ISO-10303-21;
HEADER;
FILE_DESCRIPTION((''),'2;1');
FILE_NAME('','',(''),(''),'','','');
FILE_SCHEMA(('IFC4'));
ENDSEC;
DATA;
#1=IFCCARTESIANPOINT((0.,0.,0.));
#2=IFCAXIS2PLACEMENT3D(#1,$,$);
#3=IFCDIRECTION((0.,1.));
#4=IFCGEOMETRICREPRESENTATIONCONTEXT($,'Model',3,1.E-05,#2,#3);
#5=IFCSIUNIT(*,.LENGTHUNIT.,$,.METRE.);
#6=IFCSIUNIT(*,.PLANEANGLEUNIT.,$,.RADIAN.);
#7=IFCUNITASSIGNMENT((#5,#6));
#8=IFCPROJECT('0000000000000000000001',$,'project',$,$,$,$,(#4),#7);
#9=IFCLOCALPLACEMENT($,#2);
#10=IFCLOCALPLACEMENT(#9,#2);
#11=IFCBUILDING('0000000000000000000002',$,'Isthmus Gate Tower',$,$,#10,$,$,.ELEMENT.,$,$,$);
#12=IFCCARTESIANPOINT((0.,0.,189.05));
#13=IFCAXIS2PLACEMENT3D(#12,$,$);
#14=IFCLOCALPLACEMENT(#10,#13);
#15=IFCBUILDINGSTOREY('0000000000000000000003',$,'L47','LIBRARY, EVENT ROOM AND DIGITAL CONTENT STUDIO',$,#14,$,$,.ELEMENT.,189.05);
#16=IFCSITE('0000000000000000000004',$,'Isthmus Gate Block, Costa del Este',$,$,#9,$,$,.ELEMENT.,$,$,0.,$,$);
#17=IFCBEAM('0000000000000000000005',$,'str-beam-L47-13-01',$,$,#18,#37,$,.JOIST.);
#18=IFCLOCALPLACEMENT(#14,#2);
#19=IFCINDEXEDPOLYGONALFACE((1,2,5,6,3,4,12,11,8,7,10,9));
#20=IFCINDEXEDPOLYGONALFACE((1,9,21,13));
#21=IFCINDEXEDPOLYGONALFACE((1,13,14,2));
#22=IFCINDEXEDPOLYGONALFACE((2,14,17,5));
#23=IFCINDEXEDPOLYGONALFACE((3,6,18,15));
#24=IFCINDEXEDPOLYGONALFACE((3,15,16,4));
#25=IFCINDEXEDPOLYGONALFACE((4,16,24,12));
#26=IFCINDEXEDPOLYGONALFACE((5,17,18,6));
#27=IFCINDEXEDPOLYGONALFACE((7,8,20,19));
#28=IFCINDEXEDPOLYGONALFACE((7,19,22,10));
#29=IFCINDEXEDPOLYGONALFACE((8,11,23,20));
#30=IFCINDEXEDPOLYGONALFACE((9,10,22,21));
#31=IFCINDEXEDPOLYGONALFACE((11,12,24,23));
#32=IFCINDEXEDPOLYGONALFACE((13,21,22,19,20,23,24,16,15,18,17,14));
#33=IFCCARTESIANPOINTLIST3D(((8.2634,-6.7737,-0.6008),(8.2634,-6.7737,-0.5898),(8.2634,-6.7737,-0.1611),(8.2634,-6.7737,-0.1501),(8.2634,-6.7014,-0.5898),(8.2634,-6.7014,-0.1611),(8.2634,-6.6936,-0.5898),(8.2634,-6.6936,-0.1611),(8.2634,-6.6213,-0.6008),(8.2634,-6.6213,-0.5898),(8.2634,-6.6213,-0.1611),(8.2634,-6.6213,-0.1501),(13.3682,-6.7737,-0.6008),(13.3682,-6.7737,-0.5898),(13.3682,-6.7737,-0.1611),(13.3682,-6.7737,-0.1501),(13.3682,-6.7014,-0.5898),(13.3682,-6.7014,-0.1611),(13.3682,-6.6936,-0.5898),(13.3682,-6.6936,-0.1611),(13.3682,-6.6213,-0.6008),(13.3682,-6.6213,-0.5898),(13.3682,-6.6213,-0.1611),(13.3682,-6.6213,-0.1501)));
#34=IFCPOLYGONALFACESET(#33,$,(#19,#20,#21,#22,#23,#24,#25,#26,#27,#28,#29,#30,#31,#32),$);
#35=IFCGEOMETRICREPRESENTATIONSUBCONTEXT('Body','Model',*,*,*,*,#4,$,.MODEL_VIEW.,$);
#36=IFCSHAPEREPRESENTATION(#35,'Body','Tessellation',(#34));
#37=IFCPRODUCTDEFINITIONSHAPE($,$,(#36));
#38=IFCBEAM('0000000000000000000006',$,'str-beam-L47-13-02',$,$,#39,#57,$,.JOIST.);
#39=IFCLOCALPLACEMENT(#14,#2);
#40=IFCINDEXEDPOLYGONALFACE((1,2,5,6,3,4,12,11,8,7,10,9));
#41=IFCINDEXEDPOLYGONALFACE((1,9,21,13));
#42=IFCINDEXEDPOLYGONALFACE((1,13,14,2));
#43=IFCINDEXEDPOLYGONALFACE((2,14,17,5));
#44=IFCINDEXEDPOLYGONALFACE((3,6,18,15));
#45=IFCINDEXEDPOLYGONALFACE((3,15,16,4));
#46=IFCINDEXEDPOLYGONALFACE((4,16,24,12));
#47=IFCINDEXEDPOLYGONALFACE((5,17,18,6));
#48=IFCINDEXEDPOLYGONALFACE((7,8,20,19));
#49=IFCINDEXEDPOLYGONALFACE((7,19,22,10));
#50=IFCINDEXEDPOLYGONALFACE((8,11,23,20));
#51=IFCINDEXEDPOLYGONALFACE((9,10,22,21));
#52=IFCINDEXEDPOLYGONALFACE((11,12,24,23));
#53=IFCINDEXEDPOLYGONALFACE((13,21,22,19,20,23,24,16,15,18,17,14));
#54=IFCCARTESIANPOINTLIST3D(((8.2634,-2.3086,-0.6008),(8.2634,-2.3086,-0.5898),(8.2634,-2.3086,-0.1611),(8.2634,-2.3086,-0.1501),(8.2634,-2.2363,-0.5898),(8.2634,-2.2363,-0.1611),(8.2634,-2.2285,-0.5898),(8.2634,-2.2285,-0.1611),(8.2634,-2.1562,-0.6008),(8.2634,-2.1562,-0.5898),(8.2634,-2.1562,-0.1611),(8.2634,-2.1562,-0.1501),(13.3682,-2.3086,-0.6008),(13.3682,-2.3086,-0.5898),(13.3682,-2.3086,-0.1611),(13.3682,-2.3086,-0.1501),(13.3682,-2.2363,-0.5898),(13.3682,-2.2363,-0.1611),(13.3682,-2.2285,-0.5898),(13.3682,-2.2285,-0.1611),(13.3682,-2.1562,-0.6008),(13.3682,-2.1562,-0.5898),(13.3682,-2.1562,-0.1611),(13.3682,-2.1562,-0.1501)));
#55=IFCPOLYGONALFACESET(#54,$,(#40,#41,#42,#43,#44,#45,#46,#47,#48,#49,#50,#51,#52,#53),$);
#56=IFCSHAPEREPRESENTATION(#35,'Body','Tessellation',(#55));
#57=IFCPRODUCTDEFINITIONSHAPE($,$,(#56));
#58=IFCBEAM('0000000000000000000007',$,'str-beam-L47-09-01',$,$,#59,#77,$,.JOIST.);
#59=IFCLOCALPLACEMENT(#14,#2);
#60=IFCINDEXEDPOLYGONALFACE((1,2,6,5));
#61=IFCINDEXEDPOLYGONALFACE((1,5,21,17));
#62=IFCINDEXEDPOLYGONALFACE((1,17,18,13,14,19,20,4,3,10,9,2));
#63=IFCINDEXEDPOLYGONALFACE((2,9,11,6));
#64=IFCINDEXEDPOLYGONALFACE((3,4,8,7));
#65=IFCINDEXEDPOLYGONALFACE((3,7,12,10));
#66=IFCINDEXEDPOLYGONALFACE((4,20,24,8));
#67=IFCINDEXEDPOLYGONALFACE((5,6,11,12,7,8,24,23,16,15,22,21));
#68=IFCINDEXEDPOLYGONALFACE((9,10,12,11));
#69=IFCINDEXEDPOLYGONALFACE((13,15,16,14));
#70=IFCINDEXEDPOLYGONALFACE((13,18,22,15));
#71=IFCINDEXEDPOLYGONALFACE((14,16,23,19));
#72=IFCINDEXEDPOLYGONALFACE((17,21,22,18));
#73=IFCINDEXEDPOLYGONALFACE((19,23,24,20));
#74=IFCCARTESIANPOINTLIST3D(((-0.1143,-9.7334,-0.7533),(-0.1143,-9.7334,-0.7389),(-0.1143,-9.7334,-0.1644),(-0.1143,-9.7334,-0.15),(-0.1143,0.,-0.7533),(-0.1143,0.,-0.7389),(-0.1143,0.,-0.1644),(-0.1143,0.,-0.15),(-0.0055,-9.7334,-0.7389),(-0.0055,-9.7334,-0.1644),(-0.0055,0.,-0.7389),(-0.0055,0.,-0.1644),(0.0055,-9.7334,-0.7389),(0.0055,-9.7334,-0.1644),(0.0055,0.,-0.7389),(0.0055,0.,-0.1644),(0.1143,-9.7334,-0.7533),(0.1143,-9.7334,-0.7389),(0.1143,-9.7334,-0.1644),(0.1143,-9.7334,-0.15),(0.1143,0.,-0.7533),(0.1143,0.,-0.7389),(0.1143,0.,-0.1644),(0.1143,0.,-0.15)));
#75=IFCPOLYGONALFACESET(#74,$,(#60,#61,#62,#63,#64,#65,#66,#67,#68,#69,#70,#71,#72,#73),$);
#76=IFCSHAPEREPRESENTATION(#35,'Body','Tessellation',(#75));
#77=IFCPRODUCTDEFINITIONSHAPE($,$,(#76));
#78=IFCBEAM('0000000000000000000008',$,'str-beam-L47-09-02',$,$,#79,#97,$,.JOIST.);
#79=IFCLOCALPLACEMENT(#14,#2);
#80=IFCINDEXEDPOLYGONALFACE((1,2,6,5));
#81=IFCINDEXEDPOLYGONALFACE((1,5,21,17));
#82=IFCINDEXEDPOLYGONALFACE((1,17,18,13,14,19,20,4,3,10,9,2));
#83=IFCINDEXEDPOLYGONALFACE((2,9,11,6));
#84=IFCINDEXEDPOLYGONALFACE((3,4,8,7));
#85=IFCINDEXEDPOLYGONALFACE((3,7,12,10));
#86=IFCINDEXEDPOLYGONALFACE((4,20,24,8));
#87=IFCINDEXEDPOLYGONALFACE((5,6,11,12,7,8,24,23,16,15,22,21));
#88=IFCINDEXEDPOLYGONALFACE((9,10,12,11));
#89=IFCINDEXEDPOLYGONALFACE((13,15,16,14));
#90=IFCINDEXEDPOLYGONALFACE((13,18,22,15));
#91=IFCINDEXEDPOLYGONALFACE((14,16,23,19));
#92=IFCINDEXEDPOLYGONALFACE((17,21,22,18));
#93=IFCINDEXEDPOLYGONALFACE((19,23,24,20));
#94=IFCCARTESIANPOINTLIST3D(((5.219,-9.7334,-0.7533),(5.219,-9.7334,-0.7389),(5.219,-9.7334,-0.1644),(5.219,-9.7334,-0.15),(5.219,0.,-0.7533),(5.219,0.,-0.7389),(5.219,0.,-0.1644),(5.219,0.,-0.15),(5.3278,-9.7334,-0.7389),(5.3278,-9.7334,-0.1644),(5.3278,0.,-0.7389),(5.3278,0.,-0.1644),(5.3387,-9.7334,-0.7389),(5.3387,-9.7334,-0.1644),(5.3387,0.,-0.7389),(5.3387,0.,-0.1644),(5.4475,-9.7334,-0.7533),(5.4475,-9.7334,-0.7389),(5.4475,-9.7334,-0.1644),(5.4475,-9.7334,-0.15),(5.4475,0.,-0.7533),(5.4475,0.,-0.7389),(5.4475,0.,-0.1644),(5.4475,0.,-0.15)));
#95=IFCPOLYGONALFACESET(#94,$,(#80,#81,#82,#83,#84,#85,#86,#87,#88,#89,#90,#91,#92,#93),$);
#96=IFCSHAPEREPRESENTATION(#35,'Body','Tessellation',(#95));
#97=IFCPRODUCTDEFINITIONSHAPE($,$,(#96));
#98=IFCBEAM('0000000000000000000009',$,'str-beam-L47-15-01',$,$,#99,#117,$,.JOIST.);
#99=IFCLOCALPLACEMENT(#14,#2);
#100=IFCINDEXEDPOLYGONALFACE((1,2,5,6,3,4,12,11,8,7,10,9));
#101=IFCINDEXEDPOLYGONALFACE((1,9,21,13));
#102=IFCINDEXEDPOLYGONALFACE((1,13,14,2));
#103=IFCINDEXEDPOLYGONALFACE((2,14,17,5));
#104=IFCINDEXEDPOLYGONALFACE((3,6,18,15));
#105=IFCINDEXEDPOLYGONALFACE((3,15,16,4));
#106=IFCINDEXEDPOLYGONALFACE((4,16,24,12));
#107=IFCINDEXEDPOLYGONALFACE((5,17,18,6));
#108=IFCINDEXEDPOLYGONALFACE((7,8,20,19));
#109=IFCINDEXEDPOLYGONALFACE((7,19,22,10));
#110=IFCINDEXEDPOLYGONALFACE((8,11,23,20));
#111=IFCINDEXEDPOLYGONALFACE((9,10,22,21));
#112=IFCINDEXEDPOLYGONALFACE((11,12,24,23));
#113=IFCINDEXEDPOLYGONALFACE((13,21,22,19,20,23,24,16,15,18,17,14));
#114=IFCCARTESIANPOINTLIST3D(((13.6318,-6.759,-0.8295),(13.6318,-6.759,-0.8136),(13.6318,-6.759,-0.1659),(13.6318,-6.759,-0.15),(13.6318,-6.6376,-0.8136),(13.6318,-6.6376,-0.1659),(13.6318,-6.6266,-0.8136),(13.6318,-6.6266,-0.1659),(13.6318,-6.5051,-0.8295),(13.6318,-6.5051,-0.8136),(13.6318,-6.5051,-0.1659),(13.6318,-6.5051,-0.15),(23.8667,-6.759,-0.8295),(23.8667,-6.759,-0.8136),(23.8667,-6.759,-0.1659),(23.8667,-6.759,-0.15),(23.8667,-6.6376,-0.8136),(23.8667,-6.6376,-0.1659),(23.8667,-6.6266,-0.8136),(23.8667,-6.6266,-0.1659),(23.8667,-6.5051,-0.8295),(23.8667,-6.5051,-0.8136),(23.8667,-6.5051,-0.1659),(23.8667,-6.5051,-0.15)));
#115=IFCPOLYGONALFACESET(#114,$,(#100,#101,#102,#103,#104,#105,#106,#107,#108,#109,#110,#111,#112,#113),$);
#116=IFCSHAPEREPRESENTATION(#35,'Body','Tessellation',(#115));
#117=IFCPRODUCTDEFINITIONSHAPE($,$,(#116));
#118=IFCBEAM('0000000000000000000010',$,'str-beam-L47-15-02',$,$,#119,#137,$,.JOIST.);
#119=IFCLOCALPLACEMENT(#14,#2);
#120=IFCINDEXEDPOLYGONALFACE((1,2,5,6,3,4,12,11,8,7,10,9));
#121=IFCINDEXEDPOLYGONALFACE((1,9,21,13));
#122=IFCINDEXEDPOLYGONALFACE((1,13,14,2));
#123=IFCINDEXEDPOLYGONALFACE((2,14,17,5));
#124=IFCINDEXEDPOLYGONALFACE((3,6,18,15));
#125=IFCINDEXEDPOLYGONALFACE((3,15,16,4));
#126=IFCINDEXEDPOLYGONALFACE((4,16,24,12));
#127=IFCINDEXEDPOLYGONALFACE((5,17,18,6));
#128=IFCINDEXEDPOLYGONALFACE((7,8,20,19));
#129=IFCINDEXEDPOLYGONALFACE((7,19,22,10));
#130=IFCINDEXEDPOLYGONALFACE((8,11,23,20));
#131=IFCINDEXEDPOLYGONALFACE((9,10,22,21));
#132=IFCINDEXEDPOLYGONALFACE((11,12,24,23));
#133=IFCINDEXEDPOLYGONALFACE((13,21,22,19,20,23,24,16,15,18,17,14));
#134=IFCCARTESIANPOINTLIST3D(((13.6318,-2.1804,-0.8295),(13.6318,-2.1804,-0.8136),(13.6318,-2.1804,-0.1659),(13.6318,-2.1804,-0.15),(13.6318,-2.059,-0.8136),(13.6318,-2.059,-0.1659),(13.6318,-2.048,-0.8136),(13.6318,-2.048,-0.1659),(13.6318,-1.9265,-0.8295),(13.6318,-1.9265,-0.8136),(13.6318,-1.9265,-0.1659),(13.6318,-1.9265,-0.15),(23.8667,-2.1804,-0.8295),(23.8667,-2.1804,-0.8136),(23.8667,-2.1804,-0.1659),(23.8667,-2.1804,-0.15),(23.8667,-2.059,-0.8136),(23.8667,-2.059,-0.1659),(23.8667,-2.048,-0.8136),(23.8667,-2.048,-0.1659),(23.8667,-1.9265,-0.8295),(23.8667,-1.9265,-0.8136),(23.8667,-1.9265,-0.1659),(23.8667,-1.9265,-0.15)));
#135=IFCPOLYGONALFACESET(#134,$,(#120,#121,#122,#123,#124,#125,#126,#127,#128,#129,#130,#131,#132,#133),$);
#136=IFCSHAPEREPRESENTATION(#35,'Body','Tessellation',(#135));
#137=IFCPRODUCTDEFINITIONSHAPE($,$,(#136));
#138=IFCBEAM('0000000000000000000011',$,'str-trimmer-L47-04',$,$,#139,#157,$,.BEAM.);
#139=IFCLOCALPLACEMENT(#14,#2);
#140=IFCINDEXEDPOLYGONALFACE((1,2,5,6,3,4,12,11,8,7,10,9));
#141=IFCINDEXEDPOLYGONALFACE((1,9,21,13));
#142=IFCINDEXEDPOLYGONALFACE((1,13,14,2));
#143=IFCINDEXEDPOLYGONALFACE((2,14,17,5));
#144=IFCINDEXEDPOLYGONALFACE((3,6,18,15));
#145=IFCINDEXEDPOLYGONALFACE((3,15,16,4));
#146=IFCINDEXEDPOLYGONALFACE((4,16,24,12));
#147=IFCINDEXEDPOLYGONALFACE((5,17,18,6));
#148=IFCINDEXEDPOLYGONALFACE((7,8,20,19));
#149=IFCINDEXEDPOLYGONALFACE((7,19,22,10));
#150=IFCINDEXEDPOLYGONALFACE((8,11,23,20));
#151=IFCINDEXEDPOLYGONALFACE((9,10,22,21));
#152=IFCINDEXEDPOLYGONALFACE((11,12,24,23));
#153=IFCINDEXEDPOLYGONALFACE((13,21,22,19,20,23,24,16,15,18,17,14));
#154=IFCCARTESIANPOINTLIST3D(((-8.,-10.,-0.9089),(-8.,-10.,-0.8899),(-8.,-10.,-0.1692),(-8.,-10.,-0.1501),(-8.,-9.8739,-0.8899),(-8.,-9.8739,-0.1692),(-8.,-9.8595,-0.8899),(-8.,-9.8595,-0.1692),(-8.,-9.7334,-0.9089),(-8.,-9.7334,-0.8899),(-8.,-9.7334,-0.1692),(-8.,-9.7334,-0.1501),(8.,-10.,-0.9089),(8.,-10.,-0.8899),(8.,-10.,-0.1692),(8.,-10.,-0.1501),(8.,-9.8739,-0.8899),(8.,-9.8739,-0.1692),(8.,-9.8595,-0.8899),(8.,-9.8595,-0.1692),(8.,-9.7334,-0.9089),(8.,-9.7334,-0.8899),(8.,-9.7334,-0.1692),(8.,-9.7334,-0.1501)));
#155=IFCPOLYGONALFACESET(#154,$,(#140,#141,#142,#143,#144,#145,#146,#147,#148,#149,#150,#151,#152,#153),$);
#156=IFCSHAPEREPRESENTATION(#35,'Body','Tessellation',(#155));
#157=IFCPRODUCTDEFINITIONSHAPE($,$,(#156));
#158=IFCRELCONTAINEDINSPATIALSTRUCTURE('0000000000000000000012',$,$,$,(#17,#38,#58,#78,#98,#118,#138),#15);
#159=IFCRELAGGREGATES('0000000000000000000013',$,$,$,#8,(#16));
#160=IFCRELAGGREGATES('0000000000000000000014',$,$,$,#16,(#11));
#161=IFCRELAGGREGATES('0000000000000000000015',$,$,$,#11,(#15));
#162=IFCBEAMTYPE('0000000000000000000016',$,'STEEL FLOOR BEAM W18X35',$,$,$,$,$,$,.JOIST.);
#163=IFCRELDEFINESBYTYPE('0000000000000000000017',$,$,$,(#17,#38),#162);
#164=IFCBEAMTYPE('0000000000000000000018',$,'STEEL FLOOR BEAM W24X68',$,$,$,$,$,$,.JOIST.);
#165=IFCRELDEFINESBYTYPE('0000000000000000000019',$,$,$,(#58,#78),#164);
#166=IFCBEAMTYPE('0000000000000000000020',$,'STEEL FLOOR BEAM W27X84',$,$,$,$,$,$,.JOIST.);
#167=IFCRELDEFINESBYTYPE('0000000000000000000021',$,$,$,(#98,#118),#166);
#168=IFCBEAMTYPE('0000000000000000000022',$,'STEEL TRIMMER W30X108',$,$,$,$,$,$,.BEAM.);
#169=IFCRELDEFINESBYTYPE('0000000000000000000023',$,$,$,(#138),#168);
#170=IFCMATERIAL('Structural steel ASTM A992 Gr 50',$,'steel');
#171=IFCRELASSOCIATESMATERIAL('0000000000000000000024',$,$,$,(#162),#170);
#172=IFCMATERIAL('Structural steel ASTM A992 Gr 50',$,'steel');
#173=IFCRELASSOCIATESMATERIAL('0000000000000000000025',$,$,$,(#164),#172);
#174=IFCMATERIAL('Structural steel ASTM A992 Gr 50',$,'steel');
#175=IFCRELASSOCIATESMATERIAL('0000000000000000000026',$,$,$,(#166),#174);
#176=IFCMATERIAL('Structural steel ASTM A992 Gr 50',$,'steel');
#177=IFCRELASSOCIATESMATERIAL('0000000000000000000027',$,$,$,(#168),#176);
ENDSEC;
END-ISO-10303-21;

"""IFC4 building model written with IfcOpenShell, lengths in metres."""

from ifc_helpers import new_model, si_unit, direction, frame, origin, origin_2d, place, context, subcontext, project, spatial, i_section, extrude, material, material_profile, profile_set, type_object, element, save


model = new_model("IFC4")

# Units and contexts
model_context = context("Model", 3, precision=1e-05, world=origin(), true_north=direction((0.0, 1.0)))
body_context = subcontext(model_context, "Body", "Model", "MODEL_VIEW")
ifc_project = project(units=[si_unit("LENGTHUNIT", "METRE"), si_unit("PLANEANGLEUNIT", "RADIAN")], contexts=[model_context])

# Site, building, storey
site_placement = place(None, origin())
site = spatial("IfcSite", under=ifc_project, at=site_placement, Name="Isthmus Gate Block, Costa del Este", CompositionType="ELEMENT", RefElevation=0.0)
building_placement = place(site_placement, origin())
building = spatial("IfcBuilding", under=site, at=building_placement, Name="Isthmus Gate Tower", CompositionType="ELEMENT")
storey_placement = place(building_placement, frame((0.0, 0.0, 189.05)))
storey = spatial("IfcBuildingStorey", under=building, at=storey_placement, Name="L47", Description="LIBRARY, EVENT ROOM AND DIGITAL CONTENT STUDIO", CompositionType="ELEMENT", Elevation=189.05)

# Beams
ifc_material_1 = material(Name="Structural steel ASTM A992 Gr 50", Category="steel")
ifc_material_profile_1 = material_profile(ifc_material_1, i_section(OverallWidth=0.1523, OverallDepth=0.4507, WebThickness=0.0078, FlangeThickness=0.011, at=origin_2d()), Name="W18X35")
ifc_profile_set_1 = profile_set([ifc_material_profile_1], Name="Structural steel ASTM A992 Gr 50")
beam_type_1 = type_object("IfcBeamType", Name="STEEL FLOOR BEAM W18X35", PredefinedType="JOIST", material=ifc_profile_set_1)
for number, where, z_axis, x_axis, name in (
    (1, (8.2634, -6.6975, -0.3755), (1.0, 0.0, 0.0), (0.0, 1.0, 0.0), "str-beam-L47-13-01"),
    (2, (8.2634, -2.2324, -0.3755), (1.0, 0.0, 0.0), (0.0, 1.0, 0.0), "str-beam-L47-13-02"),
):
    element("IfcBeam", number, at=place(storey_placement, frame(where, z_axis=z_axis, x_axis=x_axis)), inside=storey, type_object=beam_type_1, Name=name, PredefinedType="JOIST", context=body_context, shape_type="SweptSolid", body=[
        extrude(i_section(OverallWidth=0.1523, OverallDepth=0.4507, WebThickness=0.0078, FlangeThickness=0.011, at=origin_2d()), origin(), (0.0, 0.0, 1.0), 5.1047),
    ])
ifc_material_2 = material(Name="Structural steel ASTM A992 Gr 50", Category="steel")
ifc_material_profile_2 = material_profile(ifc_material_2, i_section(OverallWidth=0.2285, OverallDepth=0.6033, WebThickness=0.011, FlangeThickness=0.0144, at=origin_2d()), Name="W24X68")
ifc_profile_set_2 = profile_set([ifc_material_profile_2], Name="Structural steel ASTM A992 Gr 50")
beam_type_2 = type_object("IfcBeamType", Name="STEEL FLOOR BEAM W24X68", PredefinedType="JOIST", material=ifc_profile_set_2)
for number, where, z_axis, x_axis, name in (
    (3, (0.0, -9.7334, -0.4517), (0.0, 1.0, 0.0), (-1.0, 0.0, 0.0), "str-beam-L47-09-01"),
    (4, (5.3333, -9.7334, -0.4517), (0.0, 1.0, 0.0), (-1.0, 0.0, 0.0), "str-beam-L47-09-02"),
):
    element("IfcBeam", number, at=place(storey_placement, frame(where, z_axis=z_axis, x_axis=x_axis)), inside=storey, type_object=beam_type_2, Name=name, PredefinedType="JOIST", context=body_context, shape_type="SweptSolid", body=[
        extrude(i_section(OverallWidth=0.2285, OverallDepth=0.6033, WebThickness=0.011, FlangeThickness=0.0144, at=origin_2d()), origin(), (0.0, 0.0, 1.0), 9.7334),
    ])
ifc_material_3 = material(Name="Structural steel ASTM A992 Gr 50", Category="steel")
ifc_material_profile_3 = material_profile(ifc_material_3, i_section(OverallWidth=0.2539, OverallDepth=0.6794, WebThickness=0.011, FlangeThickness=0.0159, at=origin_2d()), Name="W27X84")
ifc_profile_set_3 = profile_set([ifc_material_profile_3], Name="Structural steel ASTM A992 Gr 50")
beam_type_3 = type_object("IfcBeamType", Name="STEEL FLOOR BEAM W27X84", PredefinedType="JOIST", material=ifc_profile_set_3)
for number, where, z_axis, x_axis, name in (
    (5, (13.6318, -6.6321, -0.4897), (1.0, 0.0, 0.0), (0.0, 1.0, 0.0), "str-beam-L47-15-01"),
    (6, (13.6318, -2.0535, -0.4897), (1.0, 0.0, 0.0), (0.0, 1.0, 0.0), "str-beam-L47-15-02"),
):
    element("IfcBeam", number, at=place(storey_placement, frame(where, z_axis=z_axis, x_axis=x_axis)), inside=storey, type_object=beam_type_3, Name=name, PredefinedType="JOIST", context=body_context, shape_type="SweptSolid", body=[
        extrude(i_section(OverallWidth=0.2539, OverallDepth=0.6794, WebThickness=0.011, FlangeThickness=0.0159, at=origin_2d()), origin(), (0.0, 0.0, 1.0), 10.2349),
    ])
ifc_material_4 = material(Name="Structural steel ASTM A992 Gr 50", Category="steel")
ifc_material_profile_4 = material_profile(ifc_material_4, i_section(OverallWidth=0.2666, OverallDepth=0.7588, WebThickness=0.0144, FlangeThickness=0.019, at=origin_2d()), Name="W30X108")
ifc_profile_set_4 = profile_set([ifc_material_profile_4], Name="Structural steel ASTM A992 Gr 50")
beam_type_4 = type_object("IfcBeamType", Name="STEEL TRIMMER W30X108", PredefinedType="BEAM", material=ifc_profile_set_4)
beam_placement = place(storey_placement, frame((8.0, -9.8667, -0.5295), z_axis=(-1.0, 0.0, 0.0), x_axis=(0.0, -1.0, 0.0)))
element("IfcBeam", 7, at=beam_placement, inside=storey, type_object=beam_type_4, Name="str-trimmer-L47-04", PredefinedType="BEAM", context=body_context, shape_type="SweptSolid", body=[
    extrude(i_section(OverallWidth=0.2666, OverallDepth=0.7588, WebThickness=0.0144, FlangeThickness=0.019, at=origin_2d()), origin(), (0.0, 0.0, 1.0), 16.0),
])

save(model, "model.ifc")
